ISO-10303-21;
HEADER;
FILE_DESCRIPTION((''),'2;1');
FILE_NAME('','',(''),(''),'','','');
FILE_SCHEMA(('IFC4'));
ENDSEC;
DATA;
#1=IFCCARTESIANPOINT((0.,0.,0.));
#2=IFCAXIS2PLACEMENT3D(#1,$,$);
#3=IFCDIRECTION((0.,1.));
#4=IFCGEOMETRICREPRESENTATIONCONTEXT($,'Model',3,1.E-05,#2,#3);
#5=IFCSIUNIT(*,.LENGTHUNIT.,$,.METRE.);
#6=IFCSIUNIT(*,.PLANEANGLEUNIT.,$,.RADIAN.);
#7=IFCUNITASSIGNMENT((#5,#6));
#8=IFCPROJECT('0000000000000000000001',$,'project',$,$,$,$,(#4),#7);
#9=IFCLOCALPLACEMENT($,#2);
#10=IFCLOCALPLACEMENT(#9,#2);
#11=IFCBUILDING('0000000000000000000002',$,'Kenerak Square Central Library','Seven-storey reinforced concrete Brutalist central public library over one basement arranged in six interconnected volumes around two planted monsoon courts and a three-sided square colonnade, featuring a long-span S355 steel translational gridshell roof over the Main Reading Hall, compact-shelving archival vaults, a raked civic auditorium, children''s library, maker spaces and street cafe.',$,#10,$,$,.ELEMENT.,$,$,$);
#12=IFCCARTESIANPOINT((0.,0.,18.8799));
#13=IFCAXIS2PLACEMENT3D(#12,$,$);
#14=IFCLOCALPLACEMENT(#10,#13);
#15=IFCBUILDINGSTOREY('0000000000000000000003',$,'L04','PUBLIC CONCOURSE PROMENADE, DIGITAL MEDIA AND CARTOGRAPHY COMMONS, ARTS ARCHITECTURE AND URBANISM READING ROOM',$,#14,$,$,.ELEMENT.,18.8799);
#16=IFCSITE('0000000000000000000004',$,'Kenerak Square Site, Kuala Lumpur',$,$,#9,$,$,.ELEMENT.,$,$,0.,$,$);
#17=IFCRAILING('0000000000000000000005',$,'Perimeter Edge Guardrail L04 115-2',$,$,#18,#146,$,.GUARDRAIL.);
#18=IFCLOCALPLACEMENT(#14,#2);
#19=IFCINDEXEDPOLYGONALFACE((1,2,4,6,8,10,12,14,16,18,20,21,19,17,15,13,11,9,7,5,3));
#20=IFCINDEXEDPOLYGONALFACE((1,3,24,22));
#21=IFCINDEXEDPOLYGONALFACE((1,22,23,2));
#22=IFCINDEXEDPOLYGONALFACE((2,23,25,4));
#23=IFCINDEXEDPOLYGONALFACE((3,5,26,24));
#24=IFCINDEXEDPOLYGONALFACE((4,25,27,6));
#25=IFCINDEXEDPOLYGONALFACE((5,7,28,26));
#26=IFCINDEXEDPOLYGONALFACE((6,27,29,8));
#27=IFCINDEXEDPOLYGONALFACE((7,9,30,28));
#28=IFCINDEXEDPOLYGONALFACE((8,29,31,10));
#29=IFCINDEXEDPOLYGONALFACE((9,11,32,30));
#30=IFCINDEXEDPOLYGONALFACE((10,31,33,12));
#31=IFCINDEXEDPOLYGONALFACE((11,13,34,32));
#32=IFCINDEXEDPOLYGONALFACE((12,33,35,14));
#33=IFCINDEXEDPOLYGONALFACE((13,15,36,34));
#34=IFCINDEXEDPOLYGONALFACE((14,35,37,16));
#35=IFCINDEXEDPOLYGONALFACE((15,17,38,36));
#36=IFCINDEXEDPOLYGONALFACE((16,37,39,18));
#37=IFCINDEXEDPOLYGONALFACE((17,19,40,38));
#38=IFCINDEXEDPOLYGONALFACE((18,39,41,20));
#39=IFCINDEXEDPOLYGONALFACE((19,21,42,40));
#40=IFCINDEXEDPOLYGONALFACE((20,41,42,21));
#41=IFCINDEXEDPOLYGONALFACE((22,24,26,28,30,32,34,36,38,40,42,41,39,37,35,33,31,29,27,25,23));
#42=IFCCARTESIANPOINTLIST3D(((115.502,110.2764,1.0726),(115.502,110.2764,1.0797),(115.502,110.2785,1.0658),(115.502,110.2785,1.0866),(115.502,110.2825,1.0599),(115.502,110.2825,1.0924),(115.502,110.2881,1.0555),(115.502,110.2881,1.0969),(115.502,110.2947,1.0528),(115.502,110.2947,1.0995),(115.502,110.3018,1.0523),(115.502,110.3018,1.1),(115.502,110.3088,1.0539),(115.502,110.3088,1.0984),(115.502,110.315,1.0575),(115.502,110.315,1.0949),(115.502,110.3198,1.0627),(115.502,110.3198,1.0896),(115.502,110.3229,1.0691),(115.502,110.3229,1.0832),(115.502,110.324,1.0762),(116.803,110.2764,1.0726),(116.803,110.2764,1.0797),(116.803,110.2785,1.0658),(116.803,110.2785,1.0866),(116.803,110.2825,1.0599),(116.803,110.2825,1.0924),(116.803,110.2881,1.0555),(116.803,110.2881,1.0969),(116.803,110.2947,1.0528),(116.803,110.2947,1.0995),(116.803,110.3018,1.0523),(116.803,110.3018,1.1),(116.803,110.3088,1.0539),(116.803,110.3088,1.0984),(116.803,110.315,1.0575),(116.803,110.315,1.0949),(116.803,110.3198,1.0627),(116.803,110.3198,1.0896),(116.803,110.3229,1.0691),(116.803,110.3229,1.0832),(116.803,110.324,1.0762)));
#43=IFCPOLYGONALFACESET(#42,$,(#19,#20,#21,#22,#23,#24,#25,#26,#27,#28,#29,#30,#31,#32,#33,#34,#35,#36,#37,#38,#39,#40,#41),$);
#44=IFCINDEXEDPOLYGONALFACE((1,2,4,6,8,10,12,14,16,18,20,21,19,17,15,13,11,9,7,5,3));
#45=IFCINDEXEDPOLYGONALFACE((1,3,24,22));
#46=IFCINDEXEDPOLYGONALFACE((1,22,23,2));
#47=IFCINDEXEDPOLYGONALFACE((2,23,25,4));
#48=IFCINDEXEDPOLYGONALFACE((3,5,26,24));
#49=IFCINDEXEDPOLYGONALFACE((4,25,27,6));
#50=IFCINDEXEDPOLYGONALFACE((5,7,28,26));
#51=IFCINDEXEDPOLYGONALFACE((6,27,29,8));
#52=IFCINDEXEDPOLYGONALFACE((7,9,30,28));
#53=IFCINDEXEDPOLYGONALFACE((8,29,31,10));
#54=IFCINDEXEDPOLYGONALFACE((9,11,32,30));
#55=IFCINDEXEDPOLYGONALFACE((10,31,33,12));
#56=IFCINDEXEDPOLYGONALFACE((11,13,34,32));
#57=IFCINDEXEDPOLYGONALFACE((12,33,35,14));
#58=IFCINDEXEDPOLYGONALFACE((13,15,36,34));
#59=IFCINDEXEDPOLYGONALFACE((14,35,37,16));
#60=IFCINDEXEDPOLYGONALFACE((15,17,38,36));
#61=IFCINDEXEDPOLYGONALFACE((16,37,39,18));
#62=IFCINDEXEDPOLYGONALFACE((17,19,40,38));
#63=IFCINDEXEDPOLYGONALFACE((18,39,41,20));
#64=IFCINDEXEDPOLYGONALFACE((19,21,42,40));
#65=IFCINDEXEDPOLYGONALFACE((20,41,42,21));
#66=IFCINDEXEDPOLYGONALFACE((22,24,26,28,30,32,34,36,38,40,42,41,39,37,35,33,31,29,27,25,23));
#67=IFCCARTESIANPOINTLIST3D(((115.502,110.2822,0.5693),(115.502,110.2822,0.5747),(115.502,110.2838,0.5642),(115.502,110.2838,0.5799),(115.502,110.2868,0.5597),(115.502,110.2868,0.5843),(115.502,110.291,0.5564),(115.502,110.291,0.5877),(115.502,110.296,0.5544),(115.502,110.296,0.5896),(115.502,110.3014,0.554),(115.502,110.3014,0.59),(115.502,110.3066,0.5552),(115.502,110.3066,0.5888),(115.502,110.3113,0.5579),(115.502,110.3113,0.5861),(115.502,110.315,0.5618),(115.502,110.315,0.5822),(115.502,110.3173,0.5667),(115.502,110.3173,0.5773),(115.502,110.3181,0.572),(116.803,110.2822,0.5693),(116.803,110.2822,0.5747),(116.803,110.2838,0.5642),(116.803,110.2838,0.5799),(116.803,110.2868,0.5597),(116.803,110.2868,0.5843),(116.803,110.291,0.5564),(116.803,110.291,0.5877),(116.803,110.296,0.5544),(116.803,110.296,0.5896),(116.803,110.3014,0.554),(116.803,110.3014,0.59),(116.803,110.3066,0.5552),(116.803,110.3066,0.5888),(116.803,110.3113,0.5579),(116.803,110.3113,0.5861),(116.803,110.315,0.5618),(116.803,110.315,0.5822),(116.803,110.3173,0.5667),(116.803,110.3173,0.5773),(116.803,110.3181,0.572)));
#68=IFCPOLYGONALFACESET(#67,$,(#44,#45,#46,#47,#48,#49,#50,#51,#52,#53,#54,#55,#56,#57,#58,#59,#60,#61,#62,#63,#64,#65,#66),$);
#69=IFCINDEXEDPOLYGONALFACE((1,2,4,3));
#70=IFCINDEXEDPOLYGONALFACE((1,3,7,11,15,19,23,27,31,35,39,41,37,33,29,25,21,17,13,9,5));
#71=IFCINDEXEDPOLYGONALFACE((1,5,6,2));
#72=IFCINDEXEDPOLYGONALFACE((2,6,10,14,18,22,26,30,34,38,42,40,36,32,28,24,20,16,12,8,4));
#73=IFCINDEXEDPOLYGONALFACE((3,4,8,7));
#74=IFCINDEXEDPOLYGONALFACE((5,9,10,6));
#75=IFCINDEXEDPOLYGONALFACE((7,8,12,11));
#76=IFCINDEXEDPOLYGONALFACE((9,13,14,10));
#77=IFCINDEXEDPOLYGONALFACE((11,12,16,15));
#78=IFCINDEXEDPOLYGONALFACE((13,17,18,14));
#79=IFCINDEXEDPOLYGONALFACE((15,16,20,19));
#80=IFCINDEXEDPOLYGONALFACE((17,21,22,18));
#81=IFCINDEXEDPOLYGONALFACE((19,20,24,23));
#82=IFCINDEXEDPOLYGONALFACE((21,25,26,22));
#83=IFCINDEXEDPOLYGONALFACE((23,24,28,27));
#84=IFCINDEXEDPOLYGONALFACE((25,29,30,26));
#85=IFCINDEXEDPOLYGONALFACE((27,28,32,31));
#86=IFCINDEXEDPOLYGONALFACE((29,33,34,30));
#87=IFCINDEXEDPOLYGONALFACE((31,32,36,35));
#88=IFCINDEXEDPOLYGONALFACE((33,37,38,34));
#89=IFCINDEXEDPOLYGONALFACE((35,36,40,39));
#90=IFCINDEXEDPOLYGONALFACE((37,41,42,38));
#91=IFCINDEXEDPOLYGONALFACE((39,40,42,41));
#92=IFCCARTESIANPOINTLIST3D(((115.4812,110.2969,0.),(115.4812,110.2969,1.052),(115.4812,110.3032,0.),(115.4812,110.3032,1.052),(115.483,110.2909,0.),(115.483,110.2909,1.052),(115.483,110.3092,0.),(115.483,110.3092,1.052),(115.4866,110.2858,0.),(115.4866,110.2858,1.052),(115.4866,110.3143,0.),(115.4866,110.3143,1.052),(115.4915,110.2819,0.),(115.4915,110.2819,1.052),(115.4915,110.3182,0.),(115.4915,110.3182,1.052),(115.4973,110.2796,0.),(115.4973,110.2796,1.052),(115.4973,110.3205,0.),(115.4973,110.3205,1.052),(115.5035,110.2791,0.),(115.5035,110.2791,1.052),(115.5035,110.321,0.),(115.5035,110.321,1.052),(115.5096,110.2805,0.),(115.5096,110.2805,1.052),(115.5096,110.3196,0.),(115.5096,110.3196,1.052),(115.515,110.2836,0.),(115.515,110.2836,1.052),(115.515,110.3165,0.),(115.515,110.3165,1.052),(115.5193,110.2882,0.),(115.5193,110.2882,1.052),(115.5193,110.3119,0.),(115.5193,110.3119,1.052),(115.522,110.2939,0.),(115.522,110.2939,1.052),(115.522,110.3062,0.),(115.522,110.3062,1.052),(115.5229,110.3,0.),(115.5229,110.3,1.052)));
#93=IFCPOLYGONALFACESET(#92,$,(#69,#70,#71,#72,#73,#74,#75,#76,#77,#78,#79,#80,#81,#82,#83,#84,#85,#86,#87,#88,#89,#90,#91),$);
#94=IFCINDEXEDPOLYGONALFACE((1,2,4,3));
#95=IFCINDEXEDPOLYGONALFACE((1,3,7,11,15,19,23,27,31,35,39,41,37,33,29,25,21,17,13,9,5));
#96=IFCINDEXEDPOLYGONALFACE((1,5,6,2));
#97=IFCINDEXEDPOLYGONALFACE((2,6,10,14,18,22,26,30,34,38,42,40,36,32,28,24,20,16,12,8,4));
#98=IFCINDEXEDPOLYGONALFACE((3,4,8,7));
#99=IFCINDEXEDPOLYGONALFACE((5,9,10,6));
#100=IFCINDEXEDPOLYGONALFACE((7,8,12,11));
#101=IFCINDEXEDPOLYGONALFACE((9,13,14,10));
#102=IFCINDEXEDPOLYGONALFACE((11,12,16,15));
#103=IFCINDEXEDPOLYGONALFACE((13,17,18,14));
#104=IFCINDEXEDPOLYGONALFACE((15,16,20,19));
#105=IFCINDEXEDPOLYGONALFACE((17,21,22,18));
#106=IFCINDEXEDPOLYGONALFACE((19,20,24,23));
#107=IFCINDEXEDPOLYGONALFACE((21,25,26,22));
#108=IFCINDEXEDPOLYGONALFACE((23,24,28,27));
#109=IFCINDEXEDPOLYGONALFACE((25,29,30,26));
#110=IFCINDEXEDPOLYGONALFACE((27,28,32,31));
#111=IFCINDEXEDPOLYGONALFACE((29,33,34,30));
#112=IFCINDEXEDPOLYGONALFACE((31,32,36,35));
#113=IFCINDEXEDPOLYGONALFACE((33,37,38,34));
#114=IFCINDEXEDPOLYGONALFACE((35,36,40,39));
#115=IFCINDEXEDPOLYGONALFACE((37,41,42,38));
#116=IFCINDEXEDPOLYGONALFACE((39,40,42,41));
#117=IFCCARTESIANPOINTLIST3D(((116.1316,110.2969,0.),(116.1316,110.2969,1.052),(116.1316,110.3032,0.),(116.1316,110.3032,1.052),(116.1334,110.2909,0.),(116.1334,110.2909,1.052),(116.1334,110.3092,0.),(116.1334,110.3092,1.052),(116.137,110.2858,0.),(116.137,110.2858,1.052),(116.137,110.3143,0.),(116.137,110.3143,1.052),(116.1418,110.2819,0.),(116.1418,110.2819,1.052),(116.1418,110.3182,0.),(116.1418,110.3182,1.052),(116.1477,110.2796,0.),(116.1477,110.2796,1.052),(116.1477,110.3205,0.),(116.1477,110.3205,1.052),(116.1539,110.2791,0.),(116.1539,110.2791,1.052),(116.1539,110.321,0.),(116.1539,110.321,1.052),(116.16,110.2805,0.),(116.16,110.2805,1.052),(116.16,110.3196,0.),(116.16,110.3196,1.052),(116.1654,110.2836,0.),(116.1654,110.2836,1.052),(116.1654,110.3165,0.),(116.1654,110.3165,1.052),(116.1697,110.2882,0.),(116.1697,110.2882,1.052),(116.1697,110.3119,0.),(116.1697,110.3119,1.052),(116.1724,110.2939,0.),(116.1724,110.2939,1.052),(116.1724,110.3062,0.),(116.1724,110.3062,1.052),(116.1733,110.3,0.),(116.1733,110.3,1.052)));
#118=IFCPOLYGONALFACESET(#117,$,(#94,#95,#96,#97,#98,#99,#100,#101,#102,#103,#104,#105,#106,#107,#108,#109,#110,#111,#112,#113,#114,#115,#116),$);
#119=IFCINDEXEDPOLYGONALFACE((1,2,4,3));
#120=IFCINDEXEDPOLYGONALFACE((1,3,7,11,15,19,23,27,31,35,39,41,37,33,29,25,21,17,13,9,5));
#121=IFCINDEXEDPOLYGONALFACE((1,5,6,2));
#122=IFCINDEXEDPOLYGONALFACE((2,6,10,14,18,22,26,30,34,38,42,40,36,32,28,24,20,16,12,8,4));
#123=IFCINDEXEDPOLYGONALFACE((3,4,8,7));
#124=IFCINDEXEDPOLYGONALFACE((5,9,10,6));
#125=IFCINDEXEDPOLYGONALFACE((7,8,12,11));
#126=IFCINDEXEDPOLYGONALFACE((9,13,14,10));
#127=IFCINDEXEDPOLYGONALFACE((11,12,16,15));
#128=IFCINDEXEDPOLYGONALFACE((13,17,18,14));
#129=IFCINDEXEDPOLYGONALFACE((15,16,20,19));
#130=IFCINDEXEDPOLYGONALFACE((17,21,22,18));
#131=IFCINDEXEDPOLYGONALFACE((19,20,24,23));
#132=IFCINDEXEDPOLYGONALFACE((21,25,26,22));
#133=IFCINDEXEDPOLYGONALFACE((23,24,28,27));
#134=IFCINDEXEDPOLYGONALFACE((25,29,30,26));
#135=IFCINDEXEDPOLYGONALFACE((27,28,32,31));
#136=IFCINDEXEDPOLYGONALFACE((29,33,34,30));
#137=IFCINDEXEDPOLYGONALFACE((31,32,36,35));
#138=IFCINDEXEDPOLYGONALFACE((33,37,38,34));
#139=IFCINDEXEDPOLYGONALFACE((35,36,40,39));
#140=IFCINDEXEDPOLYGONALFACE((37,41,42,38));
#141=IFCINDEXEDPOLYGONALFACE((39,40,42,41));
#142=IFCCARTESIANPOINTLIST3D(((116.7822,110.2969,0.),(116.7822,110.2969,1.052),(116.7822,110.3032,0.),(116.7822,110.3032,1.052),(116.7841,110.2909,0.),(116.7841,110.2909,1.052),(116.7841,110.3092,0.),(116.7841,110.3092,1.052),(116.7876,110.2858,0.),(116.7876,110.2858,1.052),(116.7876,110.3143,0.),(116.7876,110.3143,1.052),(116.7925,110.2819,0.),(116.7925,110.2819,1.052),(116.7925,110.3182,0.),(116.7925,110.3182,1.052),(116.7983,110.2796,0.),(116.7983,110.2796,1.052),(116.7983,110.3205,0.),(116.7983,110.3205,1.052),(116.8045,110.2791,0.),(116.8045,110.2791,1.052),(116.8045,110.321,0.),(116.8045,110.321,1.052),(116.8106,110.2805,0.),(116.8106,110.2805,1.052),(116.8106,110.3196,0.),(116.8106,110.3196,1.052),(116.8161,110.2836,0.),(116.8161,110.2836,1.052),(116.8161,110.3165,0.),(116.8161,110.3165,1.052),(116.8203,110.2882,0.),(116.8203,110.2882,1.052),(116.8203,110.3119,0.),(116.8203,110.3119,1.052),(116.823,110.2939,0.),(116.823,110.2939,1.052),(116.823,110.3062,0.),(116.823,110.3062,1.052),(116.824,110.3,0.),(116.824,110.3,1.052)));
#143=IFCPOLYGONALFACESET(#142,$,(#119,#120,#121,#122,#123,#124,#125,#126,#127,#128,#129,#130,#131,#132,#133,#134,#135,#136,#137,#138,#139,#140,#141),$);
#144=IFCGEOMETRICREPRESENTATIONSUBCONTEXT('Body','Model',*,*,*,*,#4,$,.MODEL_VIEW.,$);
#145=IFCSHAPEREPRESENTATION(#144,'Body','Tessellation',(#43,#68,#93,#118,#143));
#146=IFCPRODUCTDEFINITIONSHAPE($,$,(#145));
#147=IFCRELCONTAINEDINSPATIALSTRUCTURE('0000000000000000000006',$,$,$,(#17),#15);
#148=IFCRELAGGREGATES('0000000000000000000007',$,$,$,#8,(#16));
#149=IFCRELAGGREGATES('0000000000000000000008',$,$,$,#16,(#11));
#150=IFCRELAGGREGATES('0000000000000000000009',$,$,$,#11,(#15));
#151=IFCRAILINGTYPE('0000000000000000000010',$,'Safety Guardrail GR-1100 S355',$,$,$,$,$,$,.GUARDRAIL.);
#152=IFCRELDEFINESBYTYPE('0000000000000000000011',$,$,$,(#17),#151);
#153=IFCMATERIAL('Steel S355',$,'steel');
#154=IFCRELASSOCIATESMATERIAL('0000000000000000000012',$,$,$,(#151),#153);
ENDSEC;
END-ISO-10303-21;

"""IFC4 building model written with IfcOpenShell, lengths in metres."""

from ifc_helpers import new_model, si_unit, direction, frame, origin, origin_2d, place, context, subcontext, project, spatial, circle, extrude, material, type_object, element, save


model = new_model("IFC4")

# Units and contexts
model_context = context("Model", 3, precision=1e-05, world=origin(), true_north=direction((0.0, 1.0)))
body_context = subcontext(model_context, "Body", "Model", "MODEL_VIEW")
ifc_project = project(units=[si_unit("LENGTHUNIT", "METRE"), si_unit("PLANEANGLEUNIT", "RADIAN")], contexts=[model_context])

# Site, building, storey
site_placement = place(None, origin())
site = spatial("IfcSite", under=ifc_project, at=site_placement, Name="Kenerak Square Site, Kuala Lumpur", CompositionType="ELEMENT", RefElevation=0.0)
building_placement = place(site_placement, origin())
building = spatial("IfcBuilding", under=site, at=building_placement, Name="Kenerak Square Central Library", Description="Seven-storey reinforced concrete Brutalist central public library over one basement arranged in six interconnected volumes around two planted monsoon courts and a three-sided square colonnade, featuring a long-span S355 steel translational gridshell roof over the Main Reading Hall, compact-shelving archival vaults, a raked civic auditorium, children's library, maker spaces and street cafe.", CompositionType="ELEMENT")
storey_placement = place(building_placement, frame((0.0, 0.0, 18.8799)))
storey = spatial("IfcBuildingStorey", under=building, at=storey_placement, Name="L04", Description="PUBLIC CONCOURSE PROMENADE, DIGITAL MEDIA AND CARTOGRAPHY COMMONS, ARTS ARCHITECTURE AND URBANISM READING ROOM", CompositionType="ELEMENT", Elevation=18.8799)

# Railing
ifc_material_1 = material(Name="Steel S355", Category="steel")
railing_type_1 = type_object("IfcRailingType", Name="Safety Guardrail GR-1100 S355", PredefinedType="GUARDRAIL", material=ifc_material_1)
railing_1_placement = place(storey_placement, frame((115.502, 110.3, 0.0)))
element("IfcRailing", 1, at=railing_1_placement, inside=storey, type_object=railing_type_1, Name="Perimeter Edge Guardrail L04 115-2", PredefinedType="GUARDRAIL", context=body_context, shape_type="SweptSolid", body=[
    extrude(circle(Radius=0.0239, at=origin_2d()), frame((0.0, 0.0, 1.0762), z_axis=(1.0, 0.0, 0.0), x_axis=(0.0, 1.0, 0.0)), (0.0, 0.0, 1.0), 1.301),
    extrude(circle(Radius=0.0181, at=origin_2d()), frame((0.0, 0.0, 0.572), z_axis=(1.0, 0.0, 0.0), x_axis=(0.0, 1.0, 0.0)), (0.0, 0.0, 1.0), 1.301),
    extrude(circle(Radius=0.021, at=origin_2d()), origin(), (0.0, 0.0, 1.0), 1.052),
    extrude(circle(Radius=0.021, at=origin_2d()), frame((0.6504, 0.0, 0.0)), (0.0, 0.0, 1.0), 1.052),
    extrude(circle(Radius=0.021, at=origin_2d()), frame((1.301, 0.0, 0.0)), (0.0, 0.0, 1.0), 1.052),
])

save(model, "model.ifc")
